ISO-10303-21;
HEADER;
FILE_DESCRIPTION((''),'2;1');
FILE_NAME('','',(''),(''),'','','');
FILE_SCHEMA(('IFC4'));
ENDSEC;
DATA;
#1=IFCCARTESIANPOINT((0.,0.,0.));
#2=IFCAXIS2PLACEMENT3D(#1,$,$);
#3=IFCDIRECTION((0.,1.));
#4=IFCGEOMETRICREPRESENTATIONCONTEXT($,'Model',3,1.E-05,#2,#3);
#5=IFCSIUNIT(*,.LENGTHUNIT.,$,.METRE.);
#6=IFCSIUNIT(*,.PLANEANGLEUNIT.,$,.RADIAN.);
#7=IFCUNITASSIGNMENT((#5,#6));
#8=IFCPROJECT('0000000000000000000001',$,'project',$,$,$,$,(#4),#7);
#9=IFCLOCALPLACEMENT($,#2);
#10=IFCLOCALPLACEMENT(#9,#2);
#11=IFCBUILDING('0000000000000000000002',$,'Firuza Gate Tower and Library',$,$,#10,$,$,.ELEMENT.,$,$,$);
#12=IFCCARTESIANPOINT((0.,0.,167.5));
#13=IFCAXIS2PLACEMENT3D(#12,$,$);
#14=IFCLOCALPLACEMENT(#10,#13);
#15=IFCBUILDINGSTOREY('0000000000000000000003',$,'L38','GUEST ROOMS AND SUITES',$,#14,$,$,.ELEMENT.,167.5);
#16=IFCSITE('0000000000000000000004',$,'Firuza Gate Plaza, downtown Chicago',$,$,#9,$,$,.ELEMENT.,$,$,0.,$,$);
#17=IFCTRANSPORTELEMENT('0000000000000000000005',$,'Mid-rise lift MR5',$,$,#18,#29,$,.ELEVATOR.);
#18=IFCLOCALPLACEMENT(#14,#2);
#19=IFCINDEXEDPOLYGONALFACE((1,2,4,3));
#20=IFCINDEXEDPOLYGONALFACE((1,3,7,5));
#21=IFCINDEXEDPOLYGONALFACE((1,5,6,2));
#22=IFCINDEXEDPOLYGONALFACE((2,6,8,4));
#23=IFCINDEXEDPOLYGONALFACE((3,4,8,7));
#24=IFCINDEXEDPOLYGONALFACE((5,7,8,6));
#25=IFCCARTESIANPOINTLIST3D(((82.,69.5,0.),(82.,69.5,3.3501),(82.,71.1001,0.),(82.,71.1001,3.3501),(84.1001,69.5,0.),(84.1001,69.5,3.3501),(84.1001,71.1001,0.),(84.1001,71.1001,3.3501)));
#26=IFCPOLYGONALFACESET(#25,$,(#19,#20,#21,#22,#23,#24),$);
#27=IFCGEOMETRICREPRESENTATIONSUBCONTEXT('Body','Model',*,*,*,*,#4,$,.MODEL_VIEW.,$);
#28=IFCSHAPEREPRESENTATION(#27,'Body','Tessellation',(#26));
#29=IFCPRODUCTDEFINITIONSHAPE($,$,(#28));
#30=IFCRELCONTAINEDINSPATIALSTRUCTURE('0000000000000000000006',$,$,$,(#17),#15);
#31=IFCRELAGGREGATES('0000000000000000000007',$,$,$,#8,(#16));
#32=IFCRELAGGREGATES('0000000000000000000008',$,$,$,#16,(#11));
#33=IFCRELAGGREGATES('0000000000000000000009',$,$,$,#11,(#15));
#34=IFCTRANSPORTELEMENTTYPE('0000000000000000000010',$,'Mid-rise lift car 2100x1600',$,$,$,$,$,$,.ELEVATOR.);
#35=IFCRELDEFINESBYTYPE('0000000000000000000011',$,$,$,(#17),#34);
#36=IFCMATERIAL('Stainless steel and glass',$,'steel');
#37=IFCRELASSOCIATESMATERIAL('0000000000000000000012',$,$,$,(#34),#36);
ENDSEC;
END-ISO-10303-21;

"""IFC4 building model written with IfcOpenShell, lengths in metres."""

from ifc_helpers import new_model, si_unit, direction, frame, origin, origin_2d, place, context, subcontext, project, spatial, rectangle, extrude, material, type_object, element, save


model = new_model("IFC4")

# Units and contexts
model_context = context("Model", 3, precision=1e-05, world=origin(), true_north=direction((0.0, 1.0)))
body_context = subcontext(model_context, "Body", "Model", "MODEL_VIEW")
ifc_project = project(units=[si_unit("LENGTHUNIT", "METRE"), si_unit("PLANEANGLEUNIT", "RADIAN")], contexts=[model_context])

# Site, building, storey
site_placement = place(None, origin())
site = spatial("IfcSite", under=ifc_project, at=site_placement, Name="Firuza Gate Plaza, downtown Chicago", CompositionType="ELEMENT", RefElevation=0.0)
building_placement = place(site_placement, origin())
building = spatial("IfcBuilding", under=site, at=building_placement, Name="Firuza Gate Tower and Library", CompositionType="ELEMENT")
storey_placement = place(building_placement, frame((0.0, 0.0, 167.5)))
storey = spatial("IfcBuildingStorey", under=building, at=storey_placement, Name="L38", Description="GUEST ROOMS AND SUITES", CompositionType="ELEMENT", Elevation=167.5)

# Transport element
ifc_material_1 = material(Name="Stainless steel and glass", Category="steel")
transport_element_type = type_object("IfcTransportElementType", Name="Mid-rise lift car 2100x1600", PredefinedType="ELEVATOR", material=ifc_material_1)
for number, where, z_axis, x_axis, name in (
    (1, (83.05, 70.3, 0.0), (0.0, 0.0, 1.0), (1.0, 0.0, 0.0), "Mid-rise lift MR5"),
):
    element("IfcTransportElement", number, at=place(storey_placement, frame(where, z_axis=z_axis, x_axis=x_axis)), inside=storey, type_object=transport_element_type, Name=name, PredefinedType="ELEVATOR", context=body_context, shape_type="SweptSolid", body=[
        extrude(rectangle(XDim=2.1001, YDim=1.6001, at=origin_2d()), origin(), (0.0, 0.0, 1.0), 3.3501),
    ])

save(model, "model.ifc")
